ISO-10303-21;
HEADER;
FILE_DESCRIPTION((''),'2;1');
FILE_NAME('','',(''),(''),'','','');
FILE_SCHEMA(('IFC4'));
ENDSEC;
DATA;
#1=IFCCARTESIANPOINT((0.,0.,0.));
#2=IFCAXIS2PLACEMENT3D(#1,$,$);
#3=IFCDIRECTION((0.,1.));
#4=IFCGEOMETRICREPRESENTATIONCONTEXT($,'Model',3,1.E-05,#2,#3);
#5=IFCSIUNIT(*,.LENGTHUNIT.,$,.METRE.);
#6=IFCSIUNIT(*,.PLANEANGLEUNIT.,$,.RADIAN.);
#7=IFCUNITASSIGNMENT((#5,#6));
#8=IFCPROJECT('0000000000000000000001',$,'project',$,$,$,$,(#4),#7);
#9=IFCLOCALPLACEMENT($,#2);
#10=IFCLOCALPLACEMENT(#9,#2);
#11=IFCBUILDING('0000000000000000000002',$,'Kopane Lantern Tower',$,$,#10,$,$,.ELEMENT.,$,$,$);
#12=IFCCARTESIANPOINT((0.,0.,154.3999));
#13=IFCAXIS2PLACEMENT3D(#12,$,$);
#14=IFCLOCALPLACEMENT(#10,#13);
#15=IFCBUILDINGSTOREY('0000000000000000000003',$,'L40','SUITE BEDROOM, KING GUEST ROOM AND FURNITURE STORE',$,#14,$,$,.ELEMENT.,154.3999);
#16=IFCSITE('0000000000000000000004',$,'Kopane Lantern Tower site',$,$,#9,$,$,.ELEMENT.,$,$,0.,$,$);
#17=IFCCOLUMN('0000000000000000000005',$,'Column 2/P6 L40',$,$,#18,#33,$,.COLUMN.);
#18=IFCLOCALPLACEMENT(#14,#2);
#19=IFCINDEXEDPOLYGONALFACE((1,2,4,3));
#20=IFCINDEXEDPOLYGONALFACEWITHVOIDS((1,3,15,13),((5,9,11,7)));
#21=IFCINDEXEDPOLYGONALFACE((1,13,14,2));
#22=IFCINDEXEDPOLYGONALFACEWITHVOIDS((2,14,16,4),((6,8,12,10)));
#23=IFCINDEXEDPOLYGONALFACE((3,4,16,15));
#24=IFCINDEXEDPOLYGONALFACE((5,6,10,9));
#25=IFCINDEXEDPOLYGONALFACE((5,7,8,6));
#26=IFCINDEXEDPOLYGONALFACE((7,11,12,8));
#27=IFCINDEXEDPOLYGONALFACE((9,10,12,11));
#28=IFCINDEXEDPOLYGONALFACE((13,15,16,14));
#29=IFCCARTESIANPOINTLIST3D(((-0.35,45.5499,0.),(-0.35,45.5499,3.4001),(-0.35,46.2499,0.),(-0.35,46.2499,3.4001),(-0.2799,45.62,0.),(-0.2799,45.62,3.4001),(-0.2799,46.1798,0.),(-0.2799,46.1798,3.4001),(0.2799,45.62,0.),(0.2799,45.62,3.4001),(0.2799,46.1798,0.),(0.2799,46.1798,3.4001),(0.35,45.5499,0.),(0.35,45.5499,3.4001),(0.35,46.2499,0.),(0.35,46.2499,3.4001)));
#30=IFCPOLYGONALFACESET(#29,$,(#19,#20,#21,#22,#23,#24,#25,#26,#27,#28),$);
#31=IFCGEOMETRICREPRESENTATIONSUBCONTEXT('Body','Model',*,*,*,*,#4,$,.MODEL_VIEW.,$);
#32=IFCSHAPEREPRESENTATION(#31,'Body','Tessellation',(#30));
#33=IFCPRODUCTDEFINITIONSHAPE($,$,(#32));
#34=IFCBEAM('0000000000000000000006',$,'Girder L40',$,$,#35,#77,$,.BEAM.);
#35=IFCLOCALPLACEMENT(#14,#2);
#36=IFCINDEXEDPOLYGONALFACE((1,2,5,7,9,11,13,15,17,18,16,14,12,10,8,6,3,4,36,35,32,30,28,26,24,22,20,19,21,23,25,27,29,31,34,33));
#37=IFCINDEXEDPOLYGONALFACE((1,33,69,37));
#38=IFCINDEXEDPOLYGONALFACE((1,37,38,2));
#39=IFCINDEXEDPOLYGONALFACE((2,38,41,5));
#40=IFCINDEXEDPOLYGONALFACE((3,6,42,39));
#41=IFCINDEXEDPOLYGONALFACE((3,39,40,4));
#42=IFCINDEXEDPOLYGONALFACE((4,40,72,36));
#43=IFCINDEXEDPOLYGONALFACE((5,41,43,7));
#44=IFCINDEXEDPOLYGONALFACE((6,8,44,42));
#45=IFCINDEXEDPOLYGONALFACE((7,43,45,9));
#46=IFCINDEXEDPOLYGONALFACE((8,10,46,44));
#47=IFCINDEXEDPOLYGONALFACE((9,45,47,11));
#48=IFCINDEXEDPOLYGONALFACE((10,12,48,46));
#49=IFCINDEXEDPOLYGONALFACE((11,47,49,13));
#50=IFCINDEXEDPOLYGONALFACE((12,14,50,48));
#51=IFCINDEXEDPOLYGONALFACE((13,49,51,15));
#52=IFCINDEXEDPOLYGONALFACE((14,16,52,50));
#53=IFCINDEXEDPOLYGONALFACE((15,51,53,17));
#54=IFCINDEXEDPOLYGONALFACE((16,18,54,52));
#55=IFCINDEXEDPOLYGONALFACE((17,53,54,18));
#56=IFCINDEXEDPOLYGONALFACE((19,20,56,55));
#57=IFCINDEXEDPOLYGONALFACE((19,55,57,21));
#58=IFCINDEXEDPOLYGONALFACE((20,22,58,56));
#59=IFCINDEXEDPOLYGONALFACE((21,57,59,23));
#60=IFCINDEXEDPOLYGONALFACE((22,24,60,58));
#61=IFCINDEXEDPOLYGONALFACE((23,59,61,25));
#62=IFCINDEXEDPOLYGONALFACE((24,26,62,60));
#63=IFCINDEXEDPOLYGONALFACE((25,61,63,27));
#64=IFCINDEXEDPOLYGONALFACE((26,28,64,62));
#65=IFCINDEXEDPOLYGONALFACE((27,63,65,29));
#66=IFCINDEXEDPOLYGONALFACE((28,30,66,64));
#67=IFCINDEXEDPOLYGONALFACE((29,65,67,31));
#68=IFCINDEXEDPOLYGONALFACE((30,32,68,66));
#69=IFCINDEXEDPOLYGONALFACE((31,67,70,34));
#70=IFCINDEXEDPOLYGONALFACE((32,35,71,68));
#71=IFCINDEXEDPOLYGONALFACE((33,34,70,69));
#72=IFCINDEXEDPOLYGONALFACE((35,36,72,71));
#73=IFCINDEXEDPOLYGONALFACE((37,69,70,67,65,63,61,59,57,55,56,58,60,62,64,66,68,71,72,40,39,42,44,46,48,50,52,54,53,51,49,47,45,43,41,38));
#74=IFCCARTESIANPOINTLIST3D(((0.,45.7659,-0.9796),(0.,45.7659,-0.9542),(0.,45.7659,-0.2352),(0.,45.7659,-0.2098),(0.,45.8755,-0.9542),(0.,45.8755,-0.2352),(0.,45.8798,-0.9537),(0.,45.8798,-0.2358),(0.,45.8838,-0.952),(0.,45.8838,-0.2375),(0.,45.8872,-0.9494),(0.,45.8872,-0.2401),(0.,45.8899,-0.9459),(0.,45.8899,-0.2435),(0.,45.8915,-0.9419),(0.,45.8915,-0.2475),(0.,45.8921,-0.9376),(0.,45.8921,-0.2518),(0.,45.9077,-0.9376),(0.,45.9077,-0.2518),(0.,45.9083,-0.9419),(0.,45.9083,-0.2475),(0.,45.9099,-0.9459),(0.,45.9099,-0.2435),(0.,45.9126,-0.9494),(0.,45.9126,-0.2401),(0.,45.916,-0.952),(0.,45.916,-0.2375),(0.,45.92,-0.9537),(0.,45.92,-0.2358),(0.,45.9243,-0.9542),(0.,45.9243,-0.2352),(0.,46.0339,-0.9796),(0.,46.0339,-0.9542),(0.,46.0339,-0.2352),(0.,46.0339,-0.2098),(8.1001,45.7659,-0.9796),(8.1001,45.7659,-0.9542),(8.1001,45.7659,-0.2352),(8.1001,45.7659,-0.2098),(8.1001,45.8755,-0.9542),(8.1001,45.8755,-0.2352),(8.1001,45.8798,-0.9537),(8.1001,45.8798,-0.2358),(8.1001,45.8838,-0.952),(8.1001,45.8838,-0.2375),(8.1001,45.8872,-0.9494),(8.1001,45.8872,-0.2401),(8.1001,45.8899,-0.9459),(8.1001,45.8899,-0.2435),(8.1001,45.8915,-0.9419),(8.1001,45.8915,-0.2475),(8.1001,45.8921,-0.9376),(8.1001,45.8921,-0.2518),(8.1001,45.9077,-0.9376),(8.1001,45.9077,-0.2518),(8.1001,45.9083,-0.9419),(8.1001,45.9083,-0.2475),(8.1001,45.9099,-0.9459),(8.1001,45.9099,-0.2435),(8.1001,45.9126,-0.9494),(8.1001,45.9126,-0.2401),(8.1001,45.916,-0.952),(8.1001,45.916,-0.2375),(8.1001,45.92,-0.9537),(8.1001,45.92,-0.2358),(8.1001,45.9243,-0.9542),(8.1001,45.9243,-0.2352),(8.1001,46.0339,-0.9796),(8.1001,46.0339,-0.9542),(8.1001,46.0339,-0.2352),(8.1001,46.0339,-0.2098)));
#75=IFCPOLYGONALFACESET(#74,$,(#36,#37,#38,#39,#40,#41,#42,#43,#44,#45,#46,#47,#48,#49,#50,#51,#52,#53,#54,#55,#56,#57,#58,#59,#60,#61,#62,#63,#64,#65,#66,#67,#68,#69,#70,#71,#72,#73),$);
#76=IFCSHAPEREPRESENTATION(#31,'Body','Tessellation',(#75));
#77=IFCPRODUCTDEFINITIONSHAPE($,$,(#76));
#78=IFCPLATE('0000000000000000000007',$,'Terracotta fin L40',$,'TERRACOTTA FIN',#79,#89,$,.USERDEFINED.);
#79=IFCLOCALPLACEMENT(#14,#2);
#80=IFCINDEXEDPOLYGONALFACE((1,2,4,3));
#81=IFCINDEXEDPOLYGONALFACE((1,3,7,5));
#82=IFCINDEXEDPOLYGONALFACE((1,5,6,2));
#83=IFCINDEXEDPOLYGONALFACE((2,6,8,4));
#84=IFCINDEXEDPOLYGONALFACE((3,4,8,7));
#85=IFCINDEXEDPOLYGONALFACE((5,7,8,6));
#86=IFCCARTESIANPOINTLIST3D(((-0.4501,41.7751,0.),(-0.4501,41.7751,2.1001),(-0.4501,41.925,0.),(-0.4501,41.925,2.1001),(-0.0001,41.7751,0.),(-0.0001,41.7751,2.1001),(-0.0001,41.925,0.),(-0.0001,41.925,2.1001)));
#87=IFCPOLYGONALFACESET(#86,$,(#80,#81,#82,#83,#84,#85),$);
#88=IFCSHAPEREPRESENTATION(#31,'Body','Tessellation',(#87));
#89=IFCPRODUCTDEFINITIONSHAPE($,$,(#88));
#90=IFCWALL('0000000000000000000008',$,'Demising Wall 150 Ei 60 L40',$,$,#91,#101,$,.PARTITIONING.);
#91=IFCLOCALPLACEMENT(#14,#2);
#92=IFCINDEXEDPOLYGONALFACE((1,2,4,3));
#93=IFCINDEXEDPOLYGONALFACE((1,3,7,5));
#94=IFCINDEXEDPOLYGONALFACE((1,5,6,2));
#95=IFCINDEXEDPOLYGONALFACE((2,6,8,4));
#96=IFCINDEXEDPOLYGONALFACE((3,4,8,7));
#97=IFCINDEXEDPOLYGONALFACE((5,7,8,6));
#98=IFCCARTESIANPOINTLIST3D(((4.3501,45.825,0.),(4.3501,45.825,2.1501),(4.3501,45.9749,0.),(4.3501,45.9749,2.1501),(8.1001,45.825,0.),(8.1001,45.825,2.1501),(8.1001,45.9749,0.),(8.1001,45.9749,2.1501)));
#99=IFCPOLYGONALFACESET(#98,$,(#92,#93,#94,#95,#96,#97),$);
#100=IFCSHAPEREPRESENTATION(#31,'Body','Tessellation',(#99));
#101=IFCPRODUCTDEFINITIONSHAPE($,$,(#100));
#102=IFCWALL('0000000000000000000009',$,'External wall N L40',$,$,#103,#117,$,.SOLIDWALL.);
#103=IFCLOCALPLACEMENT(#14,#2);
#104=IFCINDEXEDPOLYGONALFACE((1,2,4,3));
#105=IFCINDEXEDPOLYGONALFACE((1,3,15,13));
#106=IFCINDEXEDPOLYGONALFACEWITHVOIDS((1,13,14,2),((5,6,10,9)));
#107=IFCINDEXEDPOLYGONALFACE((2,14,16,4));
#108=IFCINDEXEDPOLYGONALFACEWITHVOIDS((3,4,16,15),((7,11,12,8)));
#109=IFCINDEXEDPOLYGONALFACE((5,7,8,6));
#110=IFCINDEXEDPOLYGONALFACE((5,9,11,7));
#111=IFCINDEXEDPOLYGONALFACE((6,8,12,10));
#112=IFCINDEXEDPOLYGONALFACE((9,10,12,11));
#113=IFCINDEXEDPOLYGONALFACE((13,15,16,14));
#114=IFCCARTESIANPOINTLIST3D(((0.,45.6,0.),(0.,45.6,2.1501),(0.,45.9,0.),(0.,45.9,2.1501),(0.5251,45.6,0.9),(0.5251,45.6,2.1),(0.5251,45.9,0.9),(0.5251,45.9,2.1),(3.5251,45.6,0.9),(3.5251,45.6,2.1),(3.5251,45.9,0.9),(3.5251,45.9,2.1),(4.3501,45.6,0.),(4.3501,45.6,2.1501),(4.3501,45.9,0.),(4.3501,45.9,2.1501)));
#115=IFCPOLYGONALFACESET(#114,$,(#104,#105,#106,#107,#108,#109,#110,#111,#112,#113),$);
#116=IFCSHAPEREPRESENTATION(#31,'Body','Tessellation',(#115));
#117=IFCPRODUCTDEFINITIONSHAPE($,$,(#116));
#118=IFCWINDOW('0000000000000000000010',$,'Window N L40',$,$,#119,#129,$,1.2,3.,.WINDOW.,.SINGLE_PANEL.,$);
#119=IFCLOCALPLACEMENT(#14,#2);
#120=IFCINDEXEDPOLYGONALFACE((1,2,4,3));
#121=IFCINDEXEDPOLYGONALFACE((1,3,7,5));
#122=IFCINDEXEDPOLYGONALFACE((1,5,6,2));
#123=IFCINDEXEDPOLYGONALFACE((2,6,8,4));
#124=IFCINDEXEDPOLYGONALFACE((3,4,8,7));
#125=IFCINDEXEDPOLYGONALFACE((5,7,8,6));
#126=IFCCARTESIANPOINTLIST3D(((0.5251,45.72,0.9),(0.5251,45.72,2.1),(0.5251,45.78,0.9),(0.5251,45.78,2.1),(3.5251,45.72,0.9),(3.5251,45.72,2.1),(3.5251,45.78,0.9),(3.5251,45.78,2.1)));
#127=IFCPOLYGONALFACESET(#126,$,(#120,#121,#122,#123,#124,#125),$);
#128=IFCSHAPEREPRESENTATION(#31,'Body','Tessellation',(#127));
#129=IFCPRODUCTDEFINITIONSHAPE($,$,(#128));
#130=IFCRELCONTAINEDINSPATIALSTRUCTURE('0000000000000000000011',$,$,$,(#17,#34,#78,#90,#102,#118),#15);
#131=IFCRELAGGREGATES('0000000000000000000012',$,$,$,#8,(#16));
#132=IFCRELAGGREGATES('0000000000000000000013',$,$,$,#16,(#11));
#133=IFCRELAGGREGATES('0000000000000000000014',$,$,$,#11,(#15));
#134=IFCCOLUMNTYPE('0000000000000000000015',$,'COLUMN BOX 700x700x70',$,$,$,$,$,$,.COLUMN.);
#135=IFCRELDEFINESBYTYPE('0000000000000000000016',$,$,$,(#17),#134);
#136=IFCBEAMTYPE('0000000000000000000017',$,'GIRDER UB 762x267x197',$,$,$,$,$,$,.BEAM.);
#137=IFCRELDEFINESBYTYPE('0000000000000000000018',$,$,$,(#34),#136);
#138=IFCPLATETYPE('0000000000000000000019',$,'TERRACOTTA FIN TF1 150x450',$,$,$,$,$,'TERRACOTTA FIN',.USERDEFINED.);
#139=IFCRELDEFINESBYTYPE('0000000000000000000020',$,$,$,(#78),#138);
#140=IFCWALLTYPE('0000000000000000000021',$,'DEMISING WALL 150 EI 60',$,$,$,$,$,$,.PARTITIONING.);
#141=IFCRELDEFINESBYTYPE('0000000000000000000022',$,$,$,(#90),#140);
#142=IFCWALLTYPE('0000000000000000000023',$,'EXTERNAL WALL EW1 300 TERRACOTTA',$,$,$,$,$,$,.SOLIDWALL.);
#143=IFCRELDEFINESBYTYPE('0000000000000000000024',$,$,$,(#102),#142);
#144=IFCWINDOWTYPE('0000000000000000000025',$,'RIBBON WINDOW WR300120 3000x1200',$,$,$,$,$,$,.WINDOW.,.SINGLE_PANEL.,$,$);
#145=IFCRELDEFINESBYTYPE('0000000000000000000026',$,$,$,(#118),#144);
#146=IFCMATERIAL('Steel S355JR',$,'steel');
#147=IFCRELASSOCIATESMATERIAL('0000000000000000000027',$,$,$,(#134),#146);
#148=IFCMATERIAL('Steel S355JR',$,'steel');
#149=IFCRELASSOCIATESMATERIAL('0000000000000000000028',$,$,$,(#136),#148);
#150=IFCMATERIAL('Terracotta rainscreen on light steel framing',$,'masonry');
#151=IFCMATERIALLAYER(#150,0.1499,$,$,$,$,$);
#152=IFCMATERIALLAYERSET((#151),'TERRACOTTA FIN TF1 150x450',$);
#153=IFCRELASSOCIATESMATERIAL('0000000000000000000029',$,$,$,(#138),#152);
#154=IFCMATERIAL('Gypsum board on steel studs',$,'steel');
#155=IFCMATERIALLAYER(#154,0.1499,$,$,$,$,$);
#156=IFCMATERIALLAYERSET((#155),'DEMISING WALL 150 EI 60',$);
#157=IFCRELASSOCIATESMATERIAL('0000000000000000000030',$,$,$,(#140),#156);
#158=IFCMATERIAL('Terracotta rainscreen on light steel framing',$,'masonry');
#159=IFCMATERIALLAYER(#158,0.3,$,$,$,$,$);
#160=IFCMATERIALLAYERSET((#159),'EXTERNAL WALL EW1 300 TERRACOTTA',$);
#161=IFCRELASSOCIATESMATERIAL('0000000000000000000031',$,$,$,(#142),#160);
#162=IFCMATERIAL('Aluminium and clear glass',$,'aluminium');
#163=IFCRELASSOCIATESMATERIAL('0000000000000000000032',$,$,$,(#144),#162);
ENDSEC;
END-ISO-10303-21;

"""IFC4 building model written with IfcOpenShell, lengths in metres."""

from ifc_helpers import new_model, si_unit, direction, frame, frame_2d, origin, origin_2d, place, context, subcontext, project, spatial, rectangle, hollow_rectangle, i_section, extrude, material, layer, layer_set, material_profile, profile_set, type_object, element, fill, save


model = new_model("IFC4")

# Units and contexts
model_context = context("Model", 3, precision=1e-05, world=origin(), true_north=direction((0.0, 1.0)))
body_context = subcontext(model_context, "Body", "Model", "MODEL_VIEW")
ifc_project = project(units=[si_unit("LENGTHUNIT", "METRE"), si_unit("PLANEANGLEUNIT", "RADIAN")], contexts=[model_context])

# Site, building, storey
site_placement = place(None, origin())
site = spatial("IfcSite", under=ifc_project, at=site_placement, Name="Kopane Lantern Tower site", CompositionType="ELEMENT", RefElevation=0.0)
building_placement = place(site_placement, origin())
building = spatial("IfcBuilding", under=site, at=building_placement, Name="Kopane Lantern Tower", CompositionType="ELEMENT")
storey_placement = place(building_placement, frame((0.0, 0.0, 154.3999)))
storey = spatial("IfcBuildingStorey", under=building, at=storey_placement, Name="L40", Description="SUITE BEDROOM, KING GUEST ROOM AND FURNITURE STORE", CompositionType="ELEMENT", Elevation=154.3999)

# Column
ifc_material_1 = material(Name="Steel S355JR", Category="steel")
ifc_material_profile_1 = material_profile(ifc_material_1, hollow_rectangle(XDim=0.7, YDim=0.7, WallThickness=0.0701, at=origin_2d()), Name="BOX 700x700x70")
ifc_profile_set_1 = profile_set([ifc_material_profile_1], Name="Steel S355JR")
column_type = type_object("IfcColumnType", Name="COLUMN BOX 700x700x70", PredefinedType="COLUMN", material=ifc_profile_set_1)
column_placement = place(storey_placement, frame((0.0, 45.8999, 0.0), z_axis=(0.0, 0.0, 1.0), x_axis=(1.0, 0.0, 0.0)))
element("IfcColumn", 1, at=column_placement, inside=storey, type_object=column_type, Name="Column 2/P6 L40", PredefinedType="COLUMN", context=body_context, shape_type="SweptSolid", body=[
    extrude(hollow_rectangle(XDim=0.7, YDim=0.7, WallThickness=0.0701, at=origin_2d()), origin(), (0.0, 0.0, 1.0), 3.4001),
])

# Beam
ifc_material_2 = material(Name="Steel S355JR", Category="steel")
ifc_material_profile_2 = material_profile(ifc_material_2, i_section(OverallWidth=0.2681, OverallDepth=0.7698, WebThickness=0.0156, FlangeThickness=0.0254, FilletRadius=0.0166, at=origin_2d()), Name="UB 762x267x197")
ifc_profile_set_2 = profile_set([ifc_material_profile_2], Name="Steel S355JR")
beam_type = type_object("IfcBeamType", Name="GIRDER UB 762x267x197", PredefinedType="BEAM", material=ifc_profile_set_2)
beam_placement = place(storey_placement, frame((0.0, 45.8999, -0.5947), z_axis=(1.0, 0.0, 0.0), x_axis=(0.0, 1.0, 0.0)))
element("IfcBeam", 2, at=beam_placement, inside=storey, type_object=beam_type, Name="Girder L40", PredefinedType="BEAM", context=body_context, shape_type="SweptSolid", body=[
    extrude(i_section(OverallWidth=0.2681, OverallDepth=0.7698, WebThickness=0.0156, FlangeThickness=0.0254, FilletRadius=0.0166, at=origin_2d()), origin(), (0.0, 0.0, 1.0), 8.1001),
])

# Plate
ifc_material_3 = material(Name="Terracotta rainscreen on light steel framing", Category="masonry")
ifc_layer_1 = layer(ifc_material_3, 0.1499)
ifc_layer_set_1 = layer_set([ifc_layer_1], Name="TERRACOTTA FIN TF1 150x450")
plate_type = type_object("IfcPlateType", Name="TERRACOTTA FIN TF1 150x450", ElementType="TERRACOTTA FIN", PredefinedType="USERDEFINED", material=ifc_layer_set_1)
plate_placement = place(storey_placement, frame((-0.2251, 41.8501, 0.0), z_axis=(0.0, 0.0, 1.0), x_axis=(0.0, -1.0, 0.0)))
element("IfcPlate", 3, at=plate_placement, inside=storey, type_object=plate_type, Name="Terracotta fin L40", ObjectType="TERRACOTTA FIN", PredefinedType="USERDEFINED", context=body_context, shape_type="SweptSolid", body=[
    extrude(rectangle(XDim=0.1499, YDim=0.45, at=origin_2d()), origin(), (0.0, 0.0, 1.0), 2.1001),
])

# Wall
ifc_material_4 = material(Name="Gypsum board on steel studs", Category="steel")
ifc_layer_2 = layer(ifc_material_4, 0.1499)
ifc_layer_set_2 = layer_set([ifc_layer_2], Name="DEMISING WALL 150 EI 60")
wall_type_1 = type_object("IfcWallType", Name="DEMISING WALL 150 EI 60", PredefinedType="PARTITIONING", material=ifc_layer_set_2)
wall_1_placement = place(storey_placement, frame((4.3501, 45.8999, 0.0), z_axis=(0.0, 0.0, 1.0), x_axis=(1.0, 0.0, 0.0)))
element("IfcWall", 4, at=wall_1_placement, inside=storey, type_object=wall_type_1, Name="Demising Wall 150 Ei 60 L40", PredefinedType="PARTITIONING", context=body_context, shape_type="SweptSolid", body=[
    extrude(rectangle(XDim=3.75, YDim=0.1499, at=frame_2d((1.875, 0.0))), origin(), (0.0, 0.0, 1.0), 2.1501),
])

# Wall, opening, window
ifc_material_5 = material(Name="Terracotta rainscreen on light steel framing", Category="masonry")
ifc_layer_3 = layer(ifc_material_5, 0.3)
ifc_layer_set_3 = layer_set([ifc_layer_3], Name="EXTERNAL WALL EW1 300 TERRACOTTA")
wall_type_2 = type_object("IfcWallType", Name="EXTERNAL WALL EW1 300 TERRACOTTA", PredefinedType="SOLIDWALL", material=ifc_layer_set_3)
wall_2_placement = place(storey_placement, frame((4.3501, 45.75, 0.0), z_axis=(0.0, 0.0, 1.0), x_axis=(-1.0, 0.0, 0.0)))
wall_2 = element("IfcWall", 5, at=wall_2_placement, inside=storey, type_object=wall_type_2, Name="External wall N L40", PredefinedType="SOLIDWALL", context=body_context, shape_type="SweptSolid", body=[
    extrude(rectangle(XDim=4.3501, YDim=0.3, at=frame_2d((2.175, 0.0))), origin(), (0.0, 0.0, 1.0), 2.1501),
])
opening_1_placement = place(wall_2_placement, frame((0.825, 0.0, 0.8999)))
opening_1 = element("IfcOpeningElement", 6, at=opening_1_placement, cuts=wall_2, PredefinedType="OPENING", context=body_context, shape_type="SweptSolid", body=[
    extrude(rectangle(XDim=3.0, YDim=1.2, at=frame_2d((1.5, 0.6001))), frame((0.0, 0.1599, 0.0), z_axis=(0.0, -1.0, 0.0), x_axis=(1.0, 0.0, 0.0)), (0.0, 0.0, 1.0), 0.3201),
])
ifc_material_6 = material(Name="Aluminium and clear glass", Category="aluminium")
window_type = type_object("IfcWindowType", Name="RIBBON WINDOW WR300120 3000x1200", PartitioningType="SINGLE_PANEL", PredefinedType="WINDOW", material=ifc_material_6)
window_1_placement = place(opening_1_placement, origin())
window_1 = element("IfcWindow", 7, at=window_1_placement, inside=storey, type_object=window_type, Name="Window N L40", OverallHeight=1.2, OverallWidth=3.0, PartitioningType="SINGLE_PANEL", PredefinedType="WINDOW", context=body_context, shape_type="SweptSolid", body=[
    extrude(rectangle(XDim=3.0, YDim=1.2, at=frame_2d((1.5, 0.6001))), frame((0.0, 0.03, 0.0), z_axis=(0.0, -1.0, 0.0), x_axis=(1.0, 0.0, 0.0)), (0.0, 0.0, 1.0), 0.0601),
])
fill(opening_1, window_1)

save(model, "model.ifc")
